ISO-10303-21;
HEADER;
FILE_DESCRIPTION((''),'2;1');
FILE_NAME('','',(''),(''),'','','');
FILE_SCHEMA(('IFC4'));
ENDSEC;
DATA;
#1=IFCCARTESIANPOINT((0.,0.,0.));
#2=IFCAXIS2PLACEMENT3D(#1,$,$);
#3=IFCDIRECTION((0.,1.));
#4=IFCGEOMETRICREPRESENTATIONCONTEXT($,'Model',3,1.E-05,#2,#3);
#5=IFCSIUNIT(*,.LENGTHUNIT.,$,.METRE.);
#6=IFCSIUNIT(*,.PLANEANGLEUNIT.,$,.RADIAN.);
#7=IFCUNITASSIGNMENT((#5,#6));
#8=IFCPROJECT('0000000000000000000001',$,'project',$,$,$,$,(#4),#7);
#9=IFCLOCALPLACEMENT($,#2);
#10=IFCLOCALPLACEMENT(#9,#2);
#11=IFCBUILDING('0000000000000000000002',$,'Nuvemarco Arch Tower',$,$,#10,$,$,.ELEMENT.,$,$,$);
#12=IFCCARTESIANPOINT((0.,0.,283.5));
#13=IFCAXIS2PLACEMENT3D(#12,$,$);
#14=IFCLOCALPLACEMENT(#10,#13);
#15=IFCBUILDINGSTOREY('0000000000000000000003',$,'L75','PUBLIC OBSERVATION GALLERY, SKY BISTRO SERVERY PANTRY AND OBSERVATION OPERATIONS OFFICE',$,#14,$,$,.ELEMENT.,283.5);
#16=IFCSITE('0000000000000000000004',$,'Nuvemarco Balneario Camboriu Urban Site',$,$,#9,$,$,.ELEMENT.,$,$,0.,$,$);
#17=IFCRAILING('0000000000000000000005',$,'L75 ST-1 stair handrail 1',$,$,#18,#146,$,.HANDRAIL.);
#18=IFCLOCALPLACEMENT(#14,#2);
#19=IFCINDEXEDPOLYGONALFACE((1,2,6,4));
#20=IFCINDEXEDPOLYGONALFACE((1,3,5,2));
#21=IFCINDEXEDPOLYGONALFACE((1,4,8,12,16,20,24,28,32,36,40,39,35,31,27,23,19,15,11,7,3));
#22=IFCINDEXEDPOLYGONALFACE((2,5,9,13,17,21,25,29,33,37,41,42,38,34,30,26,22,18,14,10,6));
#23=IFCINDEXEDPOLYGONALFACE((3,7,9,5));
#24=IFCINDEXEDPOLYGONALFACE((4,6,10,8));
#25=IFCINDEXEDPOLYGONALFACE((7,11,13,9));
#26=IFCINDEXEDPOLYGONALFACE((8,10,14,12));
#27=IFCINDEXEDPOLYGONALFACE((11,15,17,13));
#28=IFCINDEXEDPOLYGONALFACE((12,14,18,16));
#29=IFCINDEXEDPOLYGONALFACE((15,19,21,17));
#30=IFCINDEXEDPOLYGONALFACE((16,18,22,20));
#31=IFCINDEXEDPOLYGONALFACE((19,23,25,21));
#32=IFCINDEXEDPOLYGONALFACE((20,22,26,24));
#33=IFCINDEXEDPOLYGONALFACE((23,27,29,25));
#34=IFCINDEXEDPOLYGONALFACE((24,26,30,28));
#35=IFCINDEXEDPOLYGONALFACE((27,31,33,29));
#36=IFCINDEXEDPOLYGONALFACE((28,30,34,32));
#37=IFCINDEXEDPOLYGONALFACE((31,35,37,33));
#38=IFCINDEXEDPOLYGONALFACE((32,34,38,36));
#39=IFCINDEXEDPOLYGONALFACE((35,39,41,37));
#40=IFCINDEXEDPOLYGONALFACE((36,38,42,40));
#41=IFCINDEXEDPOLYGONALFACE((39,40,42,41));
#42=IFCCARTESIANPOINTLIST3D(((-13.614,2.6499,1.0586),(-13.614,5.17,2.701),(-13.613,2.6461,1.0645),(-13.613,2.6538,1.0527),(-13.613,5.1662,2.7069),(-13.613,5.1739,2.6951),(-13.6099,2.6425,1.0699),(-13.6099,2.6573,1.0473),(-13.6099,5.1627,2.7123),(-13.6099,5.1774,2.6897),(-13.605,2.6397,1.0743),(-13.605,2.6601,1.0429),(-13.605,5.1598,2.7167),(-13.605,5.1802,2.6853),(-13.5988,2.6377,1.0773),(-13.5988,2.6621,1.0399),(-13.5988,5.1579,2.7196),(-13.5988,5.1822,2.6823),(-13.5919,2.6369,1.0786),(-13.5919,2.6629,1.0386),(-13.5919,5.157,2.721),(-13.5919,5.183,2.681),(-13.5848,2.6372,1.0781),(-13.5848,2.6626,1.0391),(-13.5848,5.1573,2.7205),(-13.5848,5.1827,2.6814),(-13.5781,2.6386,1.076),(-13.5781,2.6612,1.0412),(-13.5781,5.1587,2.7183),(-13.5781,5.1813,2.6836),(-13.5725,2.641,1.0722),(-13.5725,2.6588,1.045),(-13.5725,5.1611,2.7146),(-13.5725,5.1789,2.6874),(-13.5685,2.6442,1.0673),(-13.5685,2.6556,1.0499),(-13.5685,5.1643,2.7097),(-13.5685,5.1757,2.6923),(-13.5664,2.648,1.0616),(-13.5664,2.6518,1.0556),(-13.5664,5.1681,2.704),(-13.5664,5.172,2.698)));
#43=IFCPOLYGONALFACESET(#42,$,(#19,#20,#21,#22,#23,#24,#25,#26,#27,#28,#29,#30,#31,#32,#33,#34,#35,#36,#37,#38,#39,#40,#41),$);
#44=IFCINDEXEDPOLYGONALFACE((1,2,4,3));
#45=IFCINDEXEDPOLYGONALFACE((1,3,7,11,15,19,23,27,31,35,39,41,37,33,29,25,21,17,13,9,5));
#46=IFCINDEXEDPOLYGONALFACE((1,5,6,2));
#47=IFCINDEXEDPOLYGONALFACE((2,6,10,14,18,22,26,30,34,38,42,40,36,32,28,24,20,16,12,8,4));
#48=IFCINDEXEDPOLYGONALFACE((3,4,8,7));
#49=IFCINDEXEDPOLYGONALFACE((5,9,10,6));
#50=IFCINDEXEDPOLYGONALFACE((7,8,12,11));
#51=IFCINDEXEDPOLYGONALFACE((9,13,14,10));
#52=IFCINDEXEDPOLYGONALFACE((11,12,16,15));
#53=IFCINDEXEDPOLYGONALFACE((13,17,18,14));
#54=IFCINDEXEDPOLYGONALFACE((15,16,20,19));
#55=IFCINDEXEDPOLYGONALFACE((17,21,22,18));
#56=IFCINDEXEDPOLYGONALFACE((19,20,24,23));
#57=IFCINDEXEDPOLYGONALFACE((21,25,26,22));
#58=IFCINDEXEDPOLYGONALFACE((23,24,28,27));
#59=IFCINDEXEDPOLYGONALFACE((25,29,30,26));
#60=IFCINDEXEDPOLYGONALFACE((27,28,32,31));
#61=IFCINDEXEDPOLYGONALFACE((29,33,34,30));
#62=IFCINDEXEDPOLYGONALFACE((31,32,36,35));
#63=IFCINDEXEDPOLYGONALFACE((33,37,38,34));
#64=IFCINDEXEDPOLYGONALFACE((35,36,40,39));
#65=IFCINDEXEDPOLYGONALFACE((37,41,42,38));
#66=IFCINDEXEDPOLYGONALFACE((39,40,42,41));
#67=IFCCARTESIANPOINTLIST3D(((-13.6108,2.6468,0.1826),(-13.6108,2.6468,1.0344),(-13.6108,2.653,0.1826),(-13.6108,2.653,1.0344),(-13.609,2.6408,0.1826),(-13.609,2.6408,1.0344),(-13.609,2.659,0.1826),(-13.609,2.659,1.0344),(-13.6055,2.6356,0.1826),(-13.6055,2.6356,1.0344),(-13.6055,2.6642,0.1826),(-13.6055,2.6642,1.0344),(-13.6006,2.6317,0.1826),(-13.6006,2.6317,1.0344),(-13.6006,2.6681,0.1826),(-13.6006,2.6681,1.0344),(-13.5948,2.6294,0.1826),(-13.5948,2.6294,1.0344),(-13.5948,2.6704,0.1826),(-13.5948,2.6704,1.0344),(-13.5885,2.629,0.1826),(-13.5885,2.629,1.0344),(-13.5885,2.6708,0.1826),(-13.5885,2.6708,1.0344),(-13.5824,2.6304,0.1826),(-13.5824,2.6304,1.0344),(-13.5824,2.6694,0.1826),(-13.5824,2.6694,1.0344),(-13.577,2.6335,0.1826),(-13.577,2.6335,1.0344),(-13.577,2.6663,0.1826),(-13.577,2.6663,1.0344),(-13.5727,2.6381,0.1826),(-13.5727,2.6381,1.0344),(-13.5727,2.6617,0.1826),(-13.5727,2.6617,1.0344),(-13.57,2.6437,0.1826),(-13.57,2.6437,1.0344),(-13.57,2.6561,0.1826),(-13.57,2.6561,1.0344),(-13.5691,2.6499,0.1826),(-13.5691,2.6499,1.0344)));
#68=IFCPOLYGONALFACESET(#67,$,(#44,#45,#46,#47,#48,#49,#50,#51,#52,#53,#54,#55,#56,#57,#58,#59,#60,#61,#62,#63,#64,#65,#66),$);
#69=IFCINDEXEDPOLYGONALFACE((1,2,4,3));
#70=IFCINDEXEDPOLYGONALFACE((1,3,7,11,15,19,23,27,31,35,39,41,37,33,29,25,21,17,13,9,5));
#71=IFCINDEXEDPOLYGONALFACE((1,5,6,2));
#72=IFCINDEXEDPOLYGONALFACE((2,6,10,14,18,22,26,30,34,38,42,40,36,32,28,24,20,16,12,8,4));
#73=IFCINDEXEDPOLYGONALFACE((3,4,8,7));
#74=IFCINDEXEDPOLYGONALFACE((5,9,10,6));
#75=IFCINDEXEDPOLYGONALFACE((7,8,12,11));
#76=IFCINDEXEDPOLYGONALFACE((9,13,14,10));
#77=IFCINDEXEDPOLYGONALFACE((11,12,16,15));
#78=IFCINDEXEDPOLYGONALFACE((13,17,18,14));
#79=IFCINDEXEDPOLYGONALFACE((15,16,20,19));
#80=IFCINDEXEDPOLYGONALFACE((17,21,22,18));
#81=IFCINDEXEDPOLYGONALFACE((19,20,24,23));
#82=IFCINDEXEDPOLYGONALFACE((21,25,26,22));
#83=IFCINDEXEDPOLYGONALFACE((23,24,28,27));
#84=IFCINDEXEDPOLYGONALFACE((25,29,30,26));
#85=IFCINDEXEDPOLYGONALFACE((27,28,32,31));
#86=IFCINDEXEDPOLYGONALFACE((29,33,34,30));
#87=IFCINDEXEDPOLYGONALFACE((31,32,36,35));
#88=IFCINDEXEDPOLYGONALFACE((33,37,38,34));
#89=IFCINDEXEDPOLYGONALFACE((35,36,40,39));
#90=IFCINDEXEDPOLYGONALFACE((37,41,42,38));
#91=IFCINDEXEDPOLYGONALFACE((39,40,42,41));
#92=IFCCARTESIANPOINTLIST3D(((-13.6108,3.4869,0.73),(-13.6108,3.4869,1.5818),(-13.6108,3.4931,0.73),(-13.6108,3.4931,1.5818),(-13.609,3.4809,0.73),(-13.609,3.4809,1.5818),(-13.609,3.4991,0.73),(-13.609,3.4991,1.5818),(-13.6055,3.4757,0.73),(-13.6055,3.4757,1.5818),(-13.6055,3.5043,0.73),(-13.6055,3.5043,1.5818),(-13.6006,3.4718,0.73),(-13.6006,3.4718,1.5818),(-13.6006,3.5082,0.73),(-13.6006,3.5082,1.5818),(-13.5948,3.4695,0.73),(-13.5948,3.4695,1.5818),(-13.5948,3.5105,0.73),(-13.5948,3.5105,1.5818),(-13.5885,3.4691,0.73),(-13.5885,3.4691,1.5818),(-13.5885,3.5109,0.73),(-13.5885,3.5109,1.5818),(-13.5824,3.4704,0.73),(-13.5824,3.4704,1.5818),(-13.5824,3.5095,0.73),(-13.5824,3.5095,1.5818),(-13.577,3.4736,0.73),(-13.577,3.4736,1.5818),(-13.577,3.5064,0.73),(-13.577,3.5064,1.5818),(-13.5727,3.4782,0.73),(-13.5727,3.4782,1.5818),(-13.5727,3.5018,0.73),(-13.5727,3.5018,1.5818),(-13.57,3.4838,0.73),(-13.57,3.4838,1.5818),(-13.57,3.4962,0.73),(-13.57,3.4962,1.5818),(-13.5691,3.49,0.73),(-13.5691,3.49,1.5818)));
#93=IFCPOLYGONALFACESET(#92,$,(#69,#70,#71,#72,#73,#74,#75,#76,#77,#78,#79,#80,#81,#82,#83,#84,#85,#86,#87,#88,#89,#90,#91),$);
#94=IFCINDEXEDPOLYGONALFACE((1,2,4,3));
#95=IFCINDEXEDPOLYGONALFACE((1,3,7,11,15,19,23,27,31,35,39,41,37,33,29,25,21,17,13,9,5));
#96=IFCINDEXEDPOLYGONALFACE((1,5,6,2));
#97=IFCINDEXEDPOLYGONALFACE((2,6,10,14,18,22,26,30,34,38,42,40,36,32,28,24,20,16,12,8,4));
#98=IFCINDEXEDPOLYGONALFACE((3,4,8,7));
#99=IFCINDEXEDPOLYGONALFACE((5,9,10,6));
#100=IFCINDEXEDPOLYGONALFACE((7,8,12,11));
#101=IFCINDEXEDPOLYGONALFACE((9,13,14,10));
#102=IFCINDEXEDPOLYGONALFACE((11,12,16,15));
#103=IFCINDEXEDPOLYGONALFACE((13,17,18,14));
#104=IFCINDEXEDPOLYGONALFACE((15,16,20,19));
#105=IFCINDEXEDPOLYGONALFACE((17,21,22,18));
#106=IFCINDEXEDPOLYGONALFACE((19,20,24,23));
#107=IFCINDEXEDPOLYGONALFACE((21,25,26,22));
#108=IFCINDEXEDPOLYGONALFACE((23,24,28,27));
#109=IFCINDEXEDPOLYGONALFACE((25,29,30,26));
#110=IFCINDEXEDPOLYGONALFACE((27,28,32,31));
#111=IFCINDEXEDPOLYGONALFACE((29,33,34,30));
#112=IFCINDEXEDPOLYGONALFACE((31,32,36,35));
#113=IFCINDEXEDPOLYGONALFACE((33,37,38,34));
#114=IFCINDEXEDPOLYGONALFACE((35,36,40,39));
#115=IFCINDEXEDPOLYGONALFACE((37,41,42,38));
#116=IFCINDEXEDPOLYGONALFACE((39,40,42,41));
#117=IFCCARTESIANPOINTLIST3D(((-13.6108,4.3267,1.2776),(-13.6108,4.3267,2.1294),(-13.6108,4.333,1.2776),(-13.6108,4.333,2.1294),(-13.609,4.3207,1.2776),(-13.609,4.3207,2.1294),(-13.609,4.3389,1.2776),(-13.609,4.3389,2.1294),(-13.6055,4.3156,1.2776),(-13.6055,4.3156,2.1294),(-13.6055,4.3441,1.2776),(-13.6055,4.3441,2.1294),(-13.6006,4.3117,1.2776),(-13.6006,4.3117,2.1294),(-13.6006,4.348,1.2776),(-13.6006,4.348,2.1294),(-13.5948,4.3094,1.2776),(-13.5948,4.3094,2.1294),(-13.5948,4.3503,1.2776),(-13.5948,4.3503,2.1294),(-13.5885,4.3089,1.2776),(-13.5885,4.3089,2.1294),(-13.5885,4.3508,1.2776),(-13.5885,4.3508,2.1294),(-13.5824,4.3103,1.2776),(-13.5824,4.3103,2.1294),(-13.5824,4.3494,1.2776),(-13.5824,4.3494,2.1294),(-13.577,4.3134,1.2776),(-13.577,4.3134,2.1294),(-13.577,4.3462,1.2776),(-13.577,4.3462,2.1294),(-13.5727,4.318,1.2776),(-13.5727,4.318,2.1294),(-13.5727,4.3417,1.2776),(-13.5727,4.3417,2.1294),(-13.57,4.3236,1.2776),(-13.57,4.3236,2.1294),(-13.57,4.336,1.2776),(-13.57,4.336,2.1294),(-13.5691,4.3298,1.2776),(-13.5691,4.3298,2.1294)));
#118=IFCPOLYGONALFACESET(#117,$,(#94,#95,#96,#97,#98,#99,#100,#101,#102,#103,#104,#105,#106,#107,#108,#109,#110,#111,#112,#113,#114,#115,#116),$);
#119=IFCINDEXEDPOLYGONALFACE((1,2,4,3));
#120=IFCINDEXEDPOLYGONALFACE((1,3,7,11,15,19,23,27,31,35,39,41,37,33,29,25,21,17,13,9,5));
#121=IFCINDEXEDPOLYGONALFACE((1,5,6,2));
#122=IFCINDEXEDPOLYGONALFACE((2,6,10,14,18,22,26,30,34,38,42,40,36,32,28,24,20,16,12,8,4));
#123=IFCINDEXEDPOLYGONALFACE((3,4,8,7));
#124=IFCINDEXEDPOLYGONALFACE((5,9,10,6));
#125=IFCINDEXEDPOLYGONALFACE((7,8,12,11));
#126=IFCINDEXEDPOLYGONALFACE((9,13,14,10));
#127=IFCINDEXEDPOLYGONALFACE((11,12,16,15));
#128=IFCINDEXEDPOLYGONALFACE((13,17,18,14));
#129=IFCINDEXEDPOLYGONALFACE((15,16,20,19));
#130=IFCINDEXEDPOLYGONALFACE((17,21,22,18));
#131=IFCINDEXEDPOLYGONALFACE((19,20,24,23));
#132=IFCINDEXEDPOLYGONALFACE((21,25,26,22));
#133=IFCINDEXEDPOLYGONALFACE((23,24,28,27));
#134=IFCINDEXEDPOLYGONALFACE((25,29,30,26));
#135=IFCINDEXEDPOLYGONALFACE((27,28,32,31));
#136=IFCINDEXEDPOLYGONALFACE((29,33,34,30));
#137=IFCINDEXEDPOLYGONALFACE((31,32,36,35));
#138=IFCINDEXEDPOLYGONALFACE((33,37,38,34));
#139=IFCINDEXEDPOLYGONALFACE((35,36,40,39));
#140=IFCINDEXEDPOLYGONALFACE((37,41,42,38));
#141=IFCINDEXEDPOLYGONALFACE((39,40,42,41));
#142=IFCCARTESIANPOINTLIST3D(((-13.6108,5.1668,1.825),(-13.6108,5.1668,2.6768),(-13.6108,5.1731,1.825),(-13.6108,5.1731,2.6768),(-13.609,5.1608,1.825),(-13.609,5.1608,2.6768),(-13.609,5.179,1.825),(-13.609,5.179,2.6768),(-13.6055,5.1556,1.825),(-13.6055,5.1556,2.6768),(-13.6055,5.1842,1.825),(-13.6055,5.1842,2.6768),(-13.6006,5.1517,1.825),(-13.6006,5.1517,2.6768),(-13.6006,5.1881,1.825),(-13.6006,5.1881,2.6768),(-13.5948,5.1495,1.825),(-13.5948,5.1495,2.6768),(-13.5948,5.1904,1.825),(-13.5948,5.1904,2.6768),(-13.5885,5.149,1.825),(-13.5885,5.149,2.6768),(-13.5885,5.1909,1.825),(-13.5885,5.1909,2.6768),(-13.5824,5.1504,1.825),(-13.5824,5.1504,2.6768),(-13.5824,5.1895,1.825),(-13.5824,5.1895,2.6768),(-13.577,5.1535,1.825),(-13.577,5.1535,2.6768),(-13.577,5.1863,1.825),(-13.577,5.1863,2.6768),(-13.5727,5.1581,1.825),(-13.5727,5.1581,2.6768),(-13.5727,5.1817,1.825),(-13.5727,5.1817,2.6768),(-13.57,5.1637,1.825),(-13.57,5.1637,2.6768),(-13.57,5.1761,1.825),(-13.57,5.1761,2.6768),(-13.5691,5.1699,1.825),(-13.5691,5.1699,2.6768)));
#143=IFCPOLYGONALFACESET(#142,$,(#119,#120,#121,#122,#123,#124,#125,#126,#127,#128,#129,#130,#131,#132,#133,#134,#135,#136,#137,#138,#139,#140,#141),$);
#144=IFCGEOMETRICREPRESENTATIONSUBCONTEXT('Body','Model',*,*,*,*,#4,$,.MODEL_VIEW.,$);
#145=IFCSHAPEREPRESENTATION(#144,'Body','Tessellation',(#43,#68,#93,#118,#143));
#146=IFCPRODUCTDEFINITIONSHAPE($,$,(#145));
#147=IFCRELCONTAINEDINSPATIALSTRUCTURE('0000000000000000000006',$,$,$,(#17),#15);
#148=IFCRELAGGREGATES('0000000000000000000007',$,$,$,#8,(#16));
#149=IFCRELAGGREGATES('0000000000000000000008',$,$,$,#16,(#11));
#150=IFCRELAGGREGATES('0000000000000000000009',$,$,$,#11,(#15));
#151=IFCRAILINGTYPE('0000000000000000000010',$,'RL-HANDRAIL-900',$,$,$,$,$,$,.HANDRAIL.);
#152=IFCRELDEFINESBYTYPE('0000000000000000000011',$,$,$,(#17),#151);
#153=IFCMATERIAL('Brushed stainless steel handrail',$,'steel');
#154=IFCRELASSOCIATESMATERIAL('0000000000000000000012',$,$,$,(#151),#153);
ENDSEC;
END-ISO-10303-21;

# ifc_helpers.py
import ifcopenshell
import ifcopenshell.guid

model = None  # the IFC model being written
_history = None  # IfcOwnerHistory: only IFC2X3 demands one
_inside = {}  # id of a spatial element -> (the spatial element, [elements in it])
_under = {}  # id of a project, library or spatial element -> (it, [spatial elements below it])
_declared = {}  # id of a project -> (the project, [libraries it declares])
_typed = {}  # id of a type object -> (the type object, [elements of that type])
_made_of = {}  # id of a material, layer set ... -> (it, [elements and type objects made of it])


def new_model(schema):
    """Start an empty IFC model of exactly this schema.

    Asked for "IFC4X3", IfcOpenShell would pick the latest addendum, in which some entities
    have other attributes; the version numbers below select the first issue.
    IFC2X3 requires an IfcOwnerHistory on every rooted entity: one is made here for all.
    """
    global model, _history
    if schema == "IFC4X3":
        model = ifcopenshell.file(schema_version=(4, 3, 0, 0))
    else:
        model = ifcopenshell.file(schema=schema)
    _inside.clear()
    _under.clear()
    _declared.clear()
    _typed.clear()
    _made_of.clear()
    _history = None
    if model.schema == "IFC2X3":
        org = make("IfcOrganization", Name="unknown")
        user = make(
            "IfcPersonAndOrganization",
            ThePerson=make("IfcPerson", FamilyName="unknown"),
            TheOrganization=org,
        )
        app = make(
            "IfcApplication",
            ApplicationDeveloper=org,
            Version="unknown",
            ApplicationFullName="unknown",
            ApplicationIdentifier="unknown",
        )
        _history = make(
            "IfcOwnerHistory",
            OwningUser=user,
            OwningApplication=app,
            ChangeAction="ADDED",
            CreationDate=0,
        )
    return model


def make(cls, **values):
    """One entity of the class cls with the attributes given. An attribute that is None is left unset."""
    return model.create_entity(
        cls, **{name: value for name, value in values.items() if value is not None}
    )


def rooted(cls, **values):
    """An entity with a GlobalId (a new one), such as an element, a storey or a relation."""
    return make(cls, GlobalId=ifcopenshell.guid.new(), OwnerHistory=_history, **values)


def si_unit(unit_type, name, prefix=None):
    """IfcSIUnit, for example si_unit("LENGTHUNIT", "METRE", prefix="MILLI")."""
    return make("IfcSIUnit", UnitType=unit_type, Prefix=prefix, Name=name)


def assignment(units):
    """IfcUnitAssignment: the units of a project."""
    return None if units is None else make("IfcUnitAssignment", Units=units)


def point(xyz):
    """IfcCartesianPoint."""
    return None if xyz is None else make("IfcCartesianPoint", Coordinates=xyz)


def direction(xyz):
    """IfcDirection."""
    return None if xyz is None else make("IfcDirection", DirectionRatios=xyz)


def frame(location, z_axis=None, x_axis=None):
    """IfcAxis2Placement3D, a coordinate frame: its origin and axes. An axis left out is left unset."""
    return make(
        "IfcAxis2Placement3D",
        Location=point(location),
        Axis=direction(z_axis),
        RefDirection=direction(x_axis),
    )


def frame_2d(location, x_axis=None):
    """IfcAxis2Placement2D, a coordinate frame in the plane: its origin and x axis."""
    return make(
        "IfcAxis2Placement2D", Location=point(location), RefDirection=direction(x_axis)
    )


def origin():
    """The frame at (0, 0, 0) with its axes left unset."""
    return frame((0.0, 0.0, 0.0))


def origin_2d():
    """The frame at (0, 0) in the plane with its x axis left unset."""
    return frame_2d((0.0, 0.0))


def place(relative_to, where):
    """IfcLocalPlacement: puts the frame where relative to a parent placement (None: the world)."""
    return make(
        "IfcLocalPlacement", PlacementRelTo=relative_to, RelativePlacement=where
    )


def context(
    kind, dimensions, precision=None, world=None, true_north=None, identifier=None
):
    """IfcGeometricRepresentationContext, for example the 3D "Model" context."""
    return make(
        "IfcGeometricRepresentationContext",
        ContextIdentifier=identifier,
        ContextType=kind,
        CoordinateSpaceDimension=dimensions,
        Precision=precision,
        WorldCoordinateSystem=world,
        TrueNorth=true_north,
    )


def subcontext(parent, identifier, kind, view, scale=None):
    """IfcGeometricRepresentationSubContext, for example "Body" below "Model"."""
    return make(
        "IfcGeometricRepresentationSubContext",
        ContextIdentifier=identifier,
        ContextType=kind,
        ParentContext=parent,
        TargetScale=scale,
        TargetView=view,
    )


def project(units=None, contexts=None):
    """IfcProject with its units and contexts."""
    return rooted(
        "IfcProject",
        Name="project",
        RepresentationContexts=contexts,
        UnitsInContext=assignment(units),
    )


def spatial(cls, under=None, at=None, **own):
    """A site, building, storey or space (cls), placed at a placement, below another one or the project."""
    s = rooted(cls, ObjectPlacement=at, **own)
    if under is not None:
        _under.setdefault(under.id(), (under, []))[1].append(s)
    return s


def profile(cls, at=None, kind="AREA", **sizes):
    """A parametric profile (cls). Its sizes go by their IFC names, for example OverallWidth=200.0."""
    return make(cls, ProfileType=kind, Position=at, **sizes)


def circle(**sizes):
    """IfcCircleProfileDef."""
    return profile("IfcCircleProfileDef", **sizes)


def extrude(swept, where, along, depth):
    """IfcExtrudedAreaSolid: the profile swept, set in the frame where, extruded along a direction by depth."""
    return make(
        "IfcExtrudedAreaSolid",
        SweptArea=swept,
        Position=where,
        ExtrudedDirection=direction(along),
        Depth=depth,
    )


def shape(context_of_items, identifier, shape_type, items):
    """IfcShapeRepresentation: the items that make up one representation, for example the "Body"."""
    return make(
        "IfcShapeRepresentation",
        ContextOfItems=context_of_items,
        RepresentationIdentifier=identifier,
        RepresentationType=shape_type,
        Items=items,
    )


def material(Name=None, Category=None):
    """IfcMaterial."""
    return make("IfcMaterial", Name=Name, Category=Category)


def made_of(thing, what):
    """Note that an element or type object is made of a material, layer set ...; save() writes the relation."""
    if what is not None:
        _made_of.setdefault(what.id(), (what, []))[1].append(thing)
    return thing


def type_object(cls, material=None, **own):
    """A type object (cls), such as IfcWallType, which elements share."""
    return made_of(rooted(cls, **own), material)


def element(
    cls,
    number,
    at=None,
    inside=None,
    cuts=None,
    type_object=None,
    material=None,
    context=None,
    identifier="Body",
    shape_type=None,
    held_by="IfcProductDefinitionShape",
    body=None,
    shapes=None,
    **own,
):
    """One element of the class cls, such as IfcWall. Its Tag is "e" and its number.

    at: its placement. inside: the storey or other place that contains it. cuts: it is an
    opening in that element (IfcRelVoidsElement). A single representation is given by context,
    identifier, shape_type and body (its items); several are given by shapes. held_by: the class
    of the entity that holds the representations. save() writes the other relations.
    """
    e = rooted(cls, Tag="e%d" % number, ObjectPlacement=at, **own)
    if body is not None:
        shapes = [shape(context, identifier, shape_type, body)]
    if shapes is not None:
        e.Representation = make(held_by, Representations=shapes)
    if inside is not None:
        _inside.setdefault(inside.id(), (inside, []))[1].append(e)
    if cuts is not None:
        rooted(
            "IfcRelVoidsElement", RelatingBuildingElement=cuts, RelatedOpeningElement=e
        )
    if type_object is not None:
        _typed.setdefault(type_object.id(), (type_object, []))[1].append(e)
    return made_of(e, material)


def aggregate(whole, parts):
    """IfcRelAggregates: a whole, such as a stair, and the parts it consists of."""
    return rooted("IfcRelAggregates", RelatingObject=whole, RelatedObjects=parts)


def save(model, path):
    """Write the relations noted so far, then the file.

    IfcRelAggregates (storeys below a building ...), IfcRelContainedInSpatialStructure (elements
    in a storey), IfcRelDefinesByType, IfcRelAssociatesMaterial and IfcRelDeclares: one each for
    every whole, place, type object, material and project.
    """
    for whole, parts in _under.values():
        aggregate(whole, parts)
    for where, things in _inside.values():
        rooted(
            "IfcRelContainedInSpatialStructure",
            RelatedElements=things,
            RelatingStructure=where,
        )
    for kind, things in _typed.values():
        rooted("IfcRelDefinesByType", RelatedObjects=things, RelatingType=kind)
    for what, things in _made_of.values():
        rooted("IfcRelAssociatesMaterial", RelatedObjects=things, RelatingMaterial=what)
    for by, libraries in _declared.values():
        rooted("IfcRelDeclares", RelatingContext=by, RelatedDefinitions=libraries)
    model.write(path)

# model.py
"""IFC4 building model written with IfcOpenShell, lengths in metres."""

from ifc_helpers import new_model, si_unit, direction, frame, origin, origin_2d, place, context, subcontext, project, spatial, circle, extrude, material, type_object, element, save


model = new_model("IFC4")

# Units and contexts
model_context = context("Model", 3, precision=1e-05, world=origin(), true_north=direction((0.0, 1.0)))
body_context = subcontext(model_context, "Body", "Model", "MODEL_VIEW")
ifc_project = project(units=[si_unit("LENGTHUNIT", "METRE"), si_unit("PLANEANGLEUNIT", "RADIAN")], contexts=[model_context])

# Site, building, storey
site_placement = place(None, origin())
site = spatial("IfcSite", under=ifc_project, at=site_placement, Name="Nuvemarco Balneario Camboriu Urban Site", CompositionType="ELEMENT", RefElevation=0.0)
building_placement = place(site_placement, origin())
building = spatial("IfcBuilding", under=site, at=building_placement, Name="Nuvemarco Arch Tower", CompositionType="ELEMENT")
storey_placement = place(building_placement, frame((0.0, 0.0, 283.5)))
storey = spatial("IfcBuildingStorey", under=building, at=storey_placement, Name="L75", Description="PUBLIC OBSERVATION GALLERY, SKY BISTRO SERVERY PANTRY AND OBSERVATION OPERATIONS OFFICE", CompositionType="ELEMENT", Elevation=283.5)

# Railing
ifc_material_1 = material(Name="Brushed stainless steel handrail", Category="steel")
railing_type_1 = type_object("IfcRailingType", Name="RL-HANDRAIL-900", PredefinedType="HANDRAIL", material=ifc_material_1)
railing_1_placement = place(storey_placement, frame((-13.5901, 2.6499, 0.1826)))
element("IfcRailing", 1, at=railing_1_placement, inside=storey, type_object=railing_type_1, Name="L75 ST-1 stair handrail 1", PredefinedType="HANDRAIL", context=body_context, shape_type="SweptSolid", body=[
    extrude(circle(Radius=0.0239, at=origin_2d()), frame((0.0, 0.0, 0.876), z_axis=(0.0, 0.837787, 0.545998), x_axis=(-1.0, 0.0, 0.0)), (0.0, 0.0, 1.0), 3.0081),
    extrude(circle(Radius=0.021, at=origin_2d()), origin(), (0.0, 0.0, 1.0), 0.8518),
    extrude(circle(Radius=0.021, at=origin_2d()), frame((0.0, 0.8401, 0.5474)), (0.0, 0.0, 1.0), 0.8518),
    extrude(circle(Radius=0.021, at=origin_2d()), frame((0.0, 1.6799, 1.095)), (0.0, 0.0, 1.0), 0.8518),
    extrude(circle(Radius=0.021, at=origin_2d()), frame((0.0, 2.52, 1.6423)), (0.0, 0.0, 1.0), 0.8518),
])

save(model, "model.ifc")
